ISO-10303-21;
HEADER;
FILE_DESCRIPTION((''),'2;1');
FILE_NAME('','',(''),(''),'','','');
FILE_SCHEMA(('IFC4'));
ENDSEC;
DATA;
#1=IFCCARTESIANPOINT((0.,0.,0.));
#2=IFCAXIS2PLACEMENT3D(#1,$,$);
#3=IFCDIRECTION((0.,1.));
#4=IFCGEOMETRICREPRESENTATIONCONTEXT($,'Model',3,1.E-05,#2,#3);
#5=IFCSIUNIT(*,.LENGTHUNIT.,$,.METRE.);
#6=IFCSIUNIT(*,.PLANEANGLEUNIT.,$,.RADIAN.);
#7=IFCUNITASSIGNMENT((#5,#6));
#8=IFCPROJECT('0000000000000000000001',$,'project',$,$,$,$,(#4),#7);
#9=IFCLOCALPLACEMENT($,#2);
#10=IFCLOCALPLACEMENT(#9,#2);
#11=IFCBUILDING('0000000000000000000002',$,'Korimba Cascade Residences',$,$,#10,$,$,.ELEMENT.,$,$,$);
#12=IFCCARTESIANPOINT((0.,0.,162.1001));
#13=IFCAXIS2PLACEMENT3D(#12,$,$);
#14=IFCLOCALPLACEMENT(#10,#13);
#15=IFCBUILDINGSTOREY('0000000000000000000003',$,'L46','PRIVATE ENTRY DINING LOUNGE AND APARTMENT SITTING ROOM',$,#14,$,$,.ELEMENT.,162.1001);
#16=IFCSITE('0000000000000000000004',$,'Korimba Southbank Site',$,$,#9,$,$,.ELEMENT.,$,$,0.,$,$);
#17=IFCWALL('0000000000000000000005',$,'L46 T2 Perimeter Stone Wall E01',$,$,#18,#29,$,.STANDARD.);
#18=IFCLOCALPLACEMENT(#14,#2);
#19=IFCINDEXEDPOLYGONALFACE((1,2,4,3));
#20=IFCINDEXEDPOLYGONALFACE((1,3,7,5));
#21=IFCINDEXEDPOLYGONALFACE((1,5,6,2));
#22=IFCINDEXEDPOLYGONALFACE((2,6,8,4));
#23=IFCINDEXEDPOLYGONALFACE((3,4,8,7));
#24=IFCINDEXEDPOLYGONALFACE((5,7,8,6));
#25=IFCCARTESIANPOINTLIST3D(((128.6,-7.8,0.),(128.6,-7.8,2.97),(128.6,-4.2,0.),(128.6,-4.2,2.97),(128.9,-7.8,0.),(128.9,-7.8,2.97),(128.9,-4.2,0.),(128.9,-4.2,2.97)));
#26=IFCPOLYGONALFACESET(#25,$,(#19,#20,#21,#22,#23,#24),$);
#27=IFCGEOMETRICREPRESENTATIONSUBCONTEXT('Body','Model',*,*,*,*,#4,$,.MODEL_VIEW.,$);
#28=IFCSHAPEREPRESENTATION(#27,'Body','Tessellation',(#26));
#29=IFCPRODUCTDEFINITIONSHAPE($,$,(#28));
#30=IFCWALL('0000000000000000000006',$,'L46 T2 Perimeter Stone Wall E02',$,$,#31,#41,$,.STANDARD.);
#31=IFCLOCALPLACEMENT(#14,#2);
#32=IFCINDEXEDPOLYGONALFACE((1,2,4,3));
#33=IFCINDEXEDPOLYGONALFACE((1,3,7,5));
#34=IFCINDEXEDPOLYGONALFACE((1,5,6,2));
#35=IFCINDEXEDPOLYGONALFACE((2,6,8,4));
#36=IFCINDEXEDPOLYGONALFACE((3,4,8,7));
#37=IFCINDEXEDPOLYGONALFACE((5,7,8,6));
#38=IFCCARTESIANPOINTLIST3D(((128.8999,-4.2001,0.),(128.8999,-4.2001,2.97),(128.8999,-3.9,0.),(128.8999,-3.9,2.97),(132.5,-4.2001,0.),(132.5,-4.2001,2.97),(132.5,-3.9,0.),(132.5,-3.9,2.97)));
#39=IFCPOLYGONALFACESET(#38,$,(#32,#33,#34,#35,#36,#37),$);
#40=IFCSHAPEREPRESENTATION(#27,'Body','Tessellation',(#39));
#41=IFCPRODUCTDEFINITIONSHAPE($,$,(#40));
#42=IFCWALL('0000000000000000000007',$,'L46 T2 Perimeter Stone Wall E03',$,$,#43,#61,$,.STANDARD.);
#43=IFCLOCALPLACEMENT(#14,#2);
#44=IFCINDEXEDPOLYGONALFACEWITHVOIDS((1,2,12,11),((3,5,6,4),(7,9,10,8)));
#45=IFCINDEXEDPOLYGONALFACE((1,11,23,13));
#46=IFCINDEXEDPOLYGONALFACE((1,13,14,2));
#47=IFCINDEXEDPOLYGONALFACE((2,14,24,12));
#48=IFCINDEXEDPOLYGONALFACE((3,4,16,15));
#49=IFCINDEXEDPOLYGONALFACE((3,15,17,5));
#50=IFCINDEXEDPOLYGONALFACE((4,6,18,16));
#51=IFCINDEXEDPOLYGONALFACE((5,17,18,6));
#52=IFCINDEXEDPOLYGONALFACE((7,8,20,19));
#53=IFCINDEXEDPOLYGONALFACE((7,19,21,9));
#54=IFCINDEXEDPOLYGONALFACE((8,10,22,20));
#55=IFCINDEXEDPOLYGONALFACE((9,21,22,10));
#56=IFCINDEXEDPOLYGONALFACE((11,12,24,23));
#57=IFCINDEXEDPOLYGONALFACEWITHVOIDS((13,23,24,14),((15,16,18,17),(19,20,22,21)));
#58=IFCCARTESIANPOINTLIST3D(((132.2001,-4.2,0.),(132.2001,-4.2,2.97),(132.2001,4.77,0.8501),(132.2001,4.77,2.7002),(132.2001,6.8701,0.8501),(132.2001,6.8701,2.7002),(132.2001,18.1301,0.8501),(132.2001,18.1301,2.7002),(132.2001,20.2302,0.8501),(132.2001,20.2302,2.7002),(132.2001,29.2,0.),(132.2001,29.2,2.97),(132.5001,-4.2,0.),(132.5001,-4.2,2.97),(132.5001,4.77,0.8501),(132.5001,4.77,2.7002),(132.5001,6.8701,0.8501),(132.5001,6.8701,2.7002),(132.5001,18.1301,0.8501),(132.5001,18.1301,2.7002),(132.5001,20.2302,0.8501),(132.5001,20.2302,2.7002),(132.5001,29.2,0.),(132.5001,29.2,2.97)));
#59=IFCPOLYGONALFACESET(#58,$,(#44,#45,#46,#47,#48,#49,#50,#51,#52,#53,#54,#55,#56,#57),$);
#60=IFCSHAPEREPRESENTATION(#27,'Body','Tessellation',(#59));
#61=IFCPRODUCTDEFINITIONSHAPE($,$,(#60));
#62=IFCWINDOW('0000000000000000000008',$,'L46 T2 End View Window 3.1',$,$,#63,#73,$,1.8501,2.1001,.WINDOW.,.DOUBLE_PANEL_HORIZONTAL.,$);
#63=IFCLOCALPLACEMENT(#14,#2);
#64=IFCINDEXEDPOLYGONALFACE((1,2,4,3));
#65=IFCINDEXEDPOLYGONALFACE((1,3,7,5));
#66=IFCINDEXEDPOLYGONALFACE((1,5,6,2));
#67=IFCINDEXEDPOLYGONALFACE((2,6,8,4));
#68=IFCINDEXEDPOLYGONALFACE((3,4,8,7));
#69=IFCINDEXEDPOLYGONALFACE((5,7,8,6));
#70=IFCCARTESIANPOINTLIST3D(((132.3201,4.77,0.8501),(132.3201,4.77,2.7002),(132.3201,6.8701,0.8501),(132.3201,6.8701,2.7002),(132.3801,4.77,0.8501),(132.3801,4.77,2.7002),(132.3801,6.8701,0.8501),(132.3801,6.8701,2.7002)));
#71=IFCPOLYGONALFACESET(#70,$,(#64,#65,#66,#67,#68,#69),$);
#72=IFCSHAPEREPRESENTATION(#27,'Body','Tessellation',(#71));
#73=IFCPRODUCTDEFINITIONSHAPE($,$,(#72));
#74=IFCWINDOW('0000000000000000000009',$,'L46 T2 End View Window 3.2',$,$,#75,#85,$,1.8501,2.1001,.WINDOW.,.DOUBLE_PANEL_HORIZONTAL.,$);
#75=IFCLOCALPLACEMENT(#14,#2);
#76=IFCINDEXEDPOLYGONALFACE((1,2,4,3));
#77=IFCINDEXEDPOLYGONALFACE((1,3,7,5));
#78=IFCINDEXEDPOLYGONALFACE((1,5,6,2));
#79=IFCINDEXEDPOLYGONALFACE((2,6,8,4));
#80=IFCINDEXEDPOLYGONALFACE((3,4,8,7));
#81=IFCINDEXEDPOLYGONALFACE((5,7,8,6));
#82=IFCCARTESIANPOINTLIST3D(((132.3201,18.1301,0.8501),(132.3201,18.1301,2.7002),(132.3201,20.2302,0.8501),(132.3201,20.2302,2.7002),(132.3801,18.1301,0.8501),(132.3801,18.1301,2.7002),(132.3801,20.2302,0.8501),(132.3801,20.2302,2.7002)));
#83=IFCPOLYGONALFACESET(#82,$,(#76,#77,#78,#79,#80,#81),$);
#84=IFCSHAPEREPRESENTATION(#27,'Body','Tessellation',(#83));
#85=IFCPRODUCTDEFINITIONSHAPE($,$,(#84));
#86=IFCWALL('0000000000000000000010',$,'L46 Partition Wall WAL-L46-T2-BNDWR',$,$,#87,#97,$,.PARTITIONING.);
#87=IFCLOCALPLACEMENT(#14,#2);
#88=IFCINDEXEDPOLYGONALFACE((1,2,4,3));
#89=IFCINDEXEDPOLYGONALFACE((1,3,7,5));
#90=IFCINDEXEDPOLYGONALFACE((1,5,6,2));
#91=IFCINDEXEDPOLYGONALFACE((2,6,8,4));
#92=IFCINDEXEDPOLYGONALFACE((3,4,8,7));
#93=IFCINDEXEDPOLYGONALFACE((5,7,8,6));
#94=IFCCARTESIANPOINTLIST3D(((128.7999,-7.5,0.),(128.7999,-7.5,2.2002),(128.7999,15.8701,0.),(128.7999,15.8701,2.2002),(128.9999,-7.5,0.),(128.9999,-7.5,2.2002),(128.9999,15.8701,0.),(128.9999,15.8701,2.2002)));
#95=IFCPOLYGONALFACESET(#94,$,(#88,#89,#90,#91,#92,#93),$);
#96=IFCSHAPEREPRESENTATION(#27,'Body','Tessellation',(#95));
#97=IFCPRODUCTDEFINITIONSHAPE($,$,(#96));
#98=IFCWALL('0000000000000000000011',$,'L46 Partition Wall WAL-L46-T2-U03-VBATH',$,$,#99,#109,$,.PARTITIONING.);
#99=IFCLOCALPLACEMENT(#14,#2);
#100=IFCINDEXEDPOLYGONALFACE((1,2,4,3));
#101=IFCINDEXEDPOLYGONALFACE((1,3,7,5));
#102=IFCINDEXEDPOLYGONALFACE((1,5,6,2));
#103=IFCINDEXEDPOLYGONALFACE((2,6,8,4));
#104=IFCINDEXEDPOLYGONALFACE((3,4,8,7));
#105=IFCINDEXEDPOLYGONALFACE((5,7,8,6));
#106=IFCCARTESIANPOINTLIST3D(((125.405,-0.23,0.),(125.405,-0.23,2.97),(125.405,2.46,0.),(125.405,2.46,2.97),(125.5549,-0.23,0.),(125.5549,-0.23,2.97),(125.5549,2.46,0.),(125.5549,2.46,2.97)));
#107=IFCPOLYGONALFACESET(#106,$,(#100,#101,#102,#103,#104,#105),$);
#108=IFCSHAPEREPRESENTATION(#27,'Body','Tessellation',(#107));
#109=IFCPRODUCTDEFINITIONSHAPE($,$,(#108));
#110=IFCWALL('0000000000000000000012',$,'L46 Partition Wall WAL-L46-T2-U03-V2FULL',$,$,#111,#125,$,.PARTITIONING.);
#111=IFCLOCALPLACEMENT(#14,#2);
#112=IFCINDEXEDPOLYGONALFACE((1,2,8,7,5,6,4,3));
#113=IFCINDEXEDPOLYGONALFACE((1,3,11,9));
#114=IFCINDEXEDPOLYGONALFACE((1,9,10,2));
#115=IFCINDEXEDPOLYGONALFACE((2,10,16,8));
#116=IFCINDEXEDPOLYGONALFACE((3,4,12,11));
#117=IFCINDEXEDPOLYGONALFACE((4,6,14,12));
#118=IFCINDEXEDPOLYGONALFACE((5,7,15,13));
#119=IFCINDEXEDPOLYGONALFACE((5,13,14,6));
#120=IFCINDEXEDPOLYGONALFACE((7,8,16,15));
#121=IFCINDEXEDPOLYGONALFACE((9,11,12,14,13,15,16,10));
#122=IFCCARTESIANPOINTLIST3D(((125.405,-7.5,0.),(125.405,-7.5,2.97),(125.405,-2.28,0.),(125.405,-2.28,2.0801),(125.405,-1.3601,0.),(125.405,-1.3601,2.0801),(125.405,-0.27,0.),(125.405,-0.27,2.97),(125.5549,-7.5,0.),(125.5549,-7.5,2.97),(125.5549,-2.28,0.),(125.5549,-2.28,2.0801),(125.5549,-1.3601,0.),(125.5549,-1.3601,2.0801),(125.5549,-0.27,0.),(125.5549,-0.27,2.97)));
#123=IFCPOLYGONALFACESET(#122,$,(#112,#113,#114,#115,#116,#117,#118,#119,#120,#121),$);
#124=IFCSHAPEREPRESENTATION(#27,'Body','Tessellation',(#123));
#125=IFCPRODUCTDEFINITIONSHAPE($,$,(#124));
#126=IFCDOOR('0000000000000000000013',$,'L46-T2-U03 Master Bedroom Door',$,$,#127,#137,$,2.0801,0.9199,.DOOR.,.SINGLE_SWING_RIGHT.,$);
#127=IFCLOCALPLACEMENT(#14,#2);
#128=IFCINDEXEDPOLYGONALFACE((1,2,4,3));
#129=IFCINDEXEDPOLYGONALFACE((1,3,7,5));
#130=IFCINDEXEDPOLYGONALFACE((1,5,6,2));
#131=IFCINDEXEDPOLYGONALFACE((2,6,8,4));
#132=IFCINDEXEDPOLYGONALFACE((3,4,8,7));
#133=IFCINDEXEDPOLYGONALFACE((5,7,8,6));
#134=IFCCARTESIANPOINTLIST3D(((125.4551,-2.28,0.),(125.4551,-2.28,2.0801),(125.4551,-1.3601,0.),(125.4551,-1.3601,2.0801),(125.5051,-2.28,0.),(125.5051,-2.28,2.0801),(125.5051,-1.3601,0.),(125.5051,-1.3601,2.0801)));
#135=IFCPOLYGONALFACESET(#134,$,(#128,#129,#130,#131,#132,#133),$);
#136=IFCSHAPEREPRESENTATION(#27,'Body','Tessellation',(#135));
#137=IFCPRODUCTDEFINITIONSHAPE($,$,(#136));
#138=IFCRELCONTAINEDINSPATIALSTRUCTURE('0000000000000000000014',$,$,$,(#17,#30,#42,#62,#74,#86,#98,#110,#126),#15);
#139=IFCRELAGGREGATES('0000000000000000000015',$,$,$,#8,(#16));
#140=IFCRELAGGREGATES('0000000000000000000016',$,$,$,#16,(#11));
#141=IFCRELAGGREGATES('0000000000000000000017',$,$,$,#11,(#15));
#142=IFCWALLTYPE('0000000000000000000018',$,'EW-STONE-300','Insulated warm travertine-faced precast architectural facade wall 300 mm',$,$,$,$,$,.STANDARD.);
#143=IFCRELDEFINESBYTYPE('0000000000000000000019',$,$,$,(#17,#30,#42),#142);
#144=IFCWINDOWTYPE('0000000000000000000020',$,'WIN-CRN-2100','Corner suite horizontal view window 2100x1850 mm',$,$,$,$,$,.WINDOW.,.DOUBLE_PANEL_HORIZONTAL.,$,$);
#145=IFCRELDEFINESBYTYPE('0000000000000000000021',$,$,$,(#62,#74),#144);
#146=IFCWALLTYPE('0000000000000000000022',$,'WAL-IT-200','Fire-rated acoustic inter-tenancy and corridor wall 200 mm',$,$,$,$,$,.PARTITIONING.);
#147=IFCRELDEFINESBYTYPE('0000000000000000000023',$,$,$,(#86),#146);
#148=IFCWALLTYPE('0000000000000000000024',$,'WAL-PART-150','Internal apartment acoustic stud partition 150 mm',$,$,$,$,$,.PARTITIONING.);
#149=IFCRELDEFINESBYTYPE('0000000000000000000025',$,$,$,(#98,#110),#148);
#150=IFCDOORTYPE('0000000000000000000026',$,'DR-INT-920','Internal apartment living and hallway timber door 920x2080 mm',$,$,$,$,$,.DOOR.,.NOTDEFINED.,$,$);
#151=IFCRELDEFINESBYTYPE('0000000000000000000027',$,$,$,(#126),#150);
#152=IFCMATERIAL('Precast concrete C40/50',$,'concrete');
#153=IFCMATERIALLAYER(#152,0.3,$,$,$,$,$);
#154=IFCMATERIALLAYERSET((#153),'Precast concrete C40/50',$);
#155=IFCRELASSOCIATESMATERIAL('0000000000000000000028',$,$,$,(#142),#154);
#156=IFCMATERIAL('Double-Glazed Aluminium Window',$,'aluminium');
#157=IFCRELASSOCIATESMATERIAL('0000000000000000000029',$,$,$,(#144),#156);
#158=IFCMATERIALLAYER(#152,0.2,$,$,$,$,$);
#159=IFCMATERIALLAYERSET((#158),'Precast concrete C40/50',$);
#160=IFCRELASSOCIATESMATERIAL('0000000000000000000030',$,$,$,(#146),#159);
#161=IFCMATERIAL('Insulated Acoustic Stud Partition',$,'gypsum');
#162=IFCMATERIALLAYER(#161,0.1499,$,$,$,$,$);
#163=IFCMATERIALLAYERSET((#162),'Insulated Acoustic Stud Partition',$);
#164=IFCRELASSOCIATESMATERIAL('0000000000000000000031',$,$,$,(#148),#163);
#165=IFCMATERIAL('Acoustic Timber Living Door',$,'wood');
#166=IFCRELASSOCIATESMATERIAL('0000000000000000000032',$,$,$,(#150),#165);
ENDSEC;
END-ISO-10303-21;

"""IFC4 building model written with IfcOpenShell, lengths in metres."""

from ifc_helpers import new_model, si_unit, direction, frame, frame_2d, origin, place, context, subcontext, project, spatial, rectangle, extrude, material, layer, layer_set, type_object, element, fill, save


model = new_model("IFC4")

# Units and contexts
model_context = context("Model", 3, precision=1e-05, world=origin(), true_north=direction((0.0, 1.0)))
body_context = subcontext(model_context, "Body", "Model", "MODEL_VIEW")
ifc_project = project(units=[si_unit("LENGTHUNIT", "METRE"), si_unit("PLANEANGLEUNIT", "RADIAN")], contexts=[model_context])

# Site, building, storey
site_placement = place(None, origin())
site = spatial("IfcSite", under=ifc_project, at=site_placement, Name="Korimba Southbank Site", CompositionType="ELEMENT", RefElevation=0.0)
building_placement = place(site_placement, origin())
building = spatial("IfcBuilding", under=site, at=building_placement, Name="Korimba Cascade Residences", CompositionType="ELEMENT")
storey_placement = place(building_placement, frame((0.0, 0.0, 162.1001)))
storey = spatial("IfcBuildingStorey", under=building, at=storey_placement, Name="L46", Description="PRIVATE ENTRY DINING LOUNGE AND APARTMENT SITTING ROOM", CompositionType="ELEMENT", Elevation=162.1001)

# Shared definitions
ifc_material_1 = material(Name="Precast concrete C40/50", Category="concrete")

# Walls
ifc_layer_1 = layer(ifc_material_1, 0.3)
ifc_layer_set_1 = layer_set([ifc_layer_1], Name="Precast concrete C40/50")
wall_type_1 = type_object("IfcWallType", Name="EW-STONE-300", Description="Insulated warm travertine-faced precast architectural facade wall 300 mm", PredefinedType="STANDARD", material=ifc_layer_set_1)
for number, where, z_axis, x_axis, name in (
    (1, (128.75, -7.8, 0.0), (0.0, 0.0, 1.0), (0.0, 1.0, 0.0), "L46 T2 Perimeter Stone Wall E01"),
    (2, (128.8999, -4.05, 0.0), (0.0, 0.0, 1.0), (1.0, 0.0, 0.0), "L46 T2 Perimeter Stone Wall E02"),
):
    element("IfcWall", number, at=place(storey_placement, frame(where, z_axis=z_axis, x_axis=x_axis)), inside=storey, type_object=wall_type_1, Name=name, PredefinedType="STANDARD", context=body_context, shape_type="SweptSolid", body=[
        extrude(rectangle(XDim=3.6001, YDim=0.3, at=frame_2d((1.8, 0.0))), origin(), (0.0, 0.0, 1.0), 2.97),
    ])

# Wall, openings, windows
wall_1_placement = place(storey_placement, frame((132.3501, -4.2, 0.0), z_axis=(0.0, 0.0, 1.0), x_axis=(0.0, 1.0, 0.0)))
wall_1 = element("IfcWall", 3, at=wall_1_placement, inside=storey, type_object=wall_type_1, Name="L46 T2 Perimeter Stone Wall E03", PredefinedType="STANDARD", context=body_context, shape_type="SweptSolid", body=[
    extrude(rectangle(XDim=33.3999, YDim=0.3, at=frame_2d((16.7, 0.0))), origin(), (0.0, 0.0, 1.0), 2.97),
])
opening_1_placement = place(wall_1_placement, frame((8.97, 0.0, 0.8501)))
opening_1 = element("IfcOpeningElement", 4, at=opening_1_placement, cuts=wall_1, PredefinedType="OPENING", context=body_context, shape_type="SweptSolid", body=[
    extrude(rectangle(XDim=2.1001, YDim=1.8501, at=frame_2d((1.05, 0.925))), frame((0.0, 0.1602, 0.0), z_axis=(0.0, -1.0, 0.0), x_axis=(1.0, 0.0, 0.0)), (0.0, 0.0, 1.0), 0.3201),
])
opening_2_placement = place(wall_1_placement, frame((22.3301, 0.0, 0.8501)))
opening_2 = element("IfcOpeningElement", 5, at=opening_2_placement, cuts=wall_1, PredefinedType="OPENING", context=body_context, shape_type="SweptSolid", body=[
    extrude(rectangle(XDim=2.1001, YDim=1.8501, at=frame_2d((1.05, 0.925))), frame((0.0, 0.1602, 0.0), z_axis=(0.0, -1.0, 0.0), x_axis=(1.0, 0.0, 0.0)), (0.0, 0.0, 1.0), 0.3201),
])
ifc_material_2 = material(Name="Double-Glazed Aluminium Window", Category="aluminium")
window_type = type_object("IfcWindowType", Name="WIN-CRN-2100", Description="Corner suite horizontal view window 2100x1850 mm", PartitioningType="DOUBLE_PANEL_HORIZONTAL", PredefinedType="WINDOW", material=ifc_material_2)
window_1_placement = place(opening_1_placement, origin())
window_1 = element("IfcWindow", 6, at=window_1_placement, inside=storey, type_object=window_type, Name="L46 T2 End View Window 3.1", OverallHeight=1.8501, OverallWidth=2.1001, PartitioningType="DOUBLE_PANEL_HORIZONTAL", PredefinedType="WINDOW", context=body_context, shape_type="SweptSolid", body=[
    extrude(rectangle(XDim=2.1001, YDim=1.8501, at=frame_2d((1.05, 0.925))), frame((0.0, 0.03, 0.0), z_axis=(0.0, -1.0, 0.0), x_axis=(1.0, 0.0, 0.0)), (0.0, 0.0, 1.0), 0.0601),
])
fill(opening_1, window_1)
window_2_placement = place(opening_2_placement, origin())
window_2 = element("IfcWindow", 7, at=window_2_placement, inside=storey, type_object=window_type, Name="L46 T2 End View Window 3.2", OverallHeight=1.8501, OverallWidth=2.1001, PartitioningType="DOUBLE_PANEL_HORIZONTAL", PredefinedType="WINDOW", context=body_context, shape_type="SweptSolid", body=[
    extrude(rectangle(XDim=2.1001, YDim=1.8501, at=frame_2d((1.05, 0.925))), frame((0.0, 0.03, 0.0), z_axis=(0.0, -1.0, 0.0), x_axis=(1.0, 0.0, 0.0)), (0.0, 0.0, 1.0), 0.0601),
])
fill(opening_2, window_2)

# Walls
ifc_layer_2 = layer(ifc_material_1, 0.2)
ifc_layer_set_2 = layer_set([ifc_layer_2], Name="Precast concrete C40/50")
wall_type_2 = type_object("IfcWallType", Name="WAL-IT-200", Description="Fire-rated acoustic inter-tenancy and corridor wall 200 mm", PredefinedType="PARTITIONING", material=ifc_layer_set_2)
wall_2_placement = place(storey_placement, frame((128.8999, -7.5, 0.0), z_axis=(0.0, 0.0, 1.0), x_axis=(0.0, 1.0, 0.0)))
element("IfcWall", 8, at=wall_2_placement, inside=storey, type_object=wall_type_2, Name="L46 Partition Wall WAL-L46-T2-BNDWR", PredefinedType="PARTITIONING", context=body_context, shape_type="SweptSolid", body=[
    extrude(rectangle(XDim=23.3701, YDim=0.2, at=frame_2d((11.6851, 0.0))), origin(), (0.0, 0.0, 1.0), 2.2002),
])
ifc_material_3 = material(Name="Insulated Acoustic Stud Partition", Category="gypsum")
ifc_layer_3 = layer(ifc_material_3, 0.1499)
ifc_layer_set_3 = layer_set([ifc_layer_3], Name="Insulated Acoustic Stud Partition")
wall_type_3 = type_object("IfcWallType", Name="WAL-PART-150", Description="Internal apartment acoustic stud partition 150 mm", PredefinedType="PARTITIONING", material=ifc_layer_set_3)
wall_3_placement = place(storey_placement, frame((125.48, -0.23, 0.0), z_axis=(0.0, 0.0, 1.0), x_axis=(0.0, 1.0, 0.0)))
element("IfcWall", 9, at=wall_3_placement, inside=storey, type_object=wall_type_3, Name="L46 Partition Wall WAL-L46-T2-U03-VBATH", PredefinedType="PARTITIONING", context=body_context, shape_type="SweptSolid", body=[
    extrude(rectangle(XDim=2.6899, YDim=0.1499, at=frame_2d((1.345, 0.0))), origin(), (0.0, 0.0, 1.0), 2.97),
])

# Wall, opening, door
wall_4_placement = place(storey_placement, frame((125.48, -7.5, 0.0), z_axis=(0.0, 0.0, 1.0), x_axis=(0.0, 1.0, 0.0)))
wall_4 = element("IfcWall", 10, at=wall_4_placement, inside=storey, type_object=wall_type_3, Name="L46 Partition Wall WAL-L46-T2-U03-V2FULL", PredefinedType="PARTITIONING", context=body_context, shape_type="SweptSolid", body=[
    extrude(rectangle(XDim=7.23, YDim=0.1499, at=frame_2d((3.615, 0.0))), origin(), (0.0, 0.0, 1.0), 2.97),
])
opening_3_placement = place(wall_4_placement, frame((5.22, 0.0, 0.0)))
opening_3 = element("IfcOpeningElement", 11, at=opening_3_placement, cuts=wall_4, PredefinedType="OPENING", context=body_context, shape_type="SweptSolid", body=[
    extrude(rectangle(XDim=0.9199, YDim=2.0801, at=frame_2d((0.46, 1.04))), frame((0.0, 0.085, 0.0), z_axis=(0.0, -1.0, 0.0), x_axis=(1.0, 0.0, 0.0)), (0.0, 0.0, 1.0), 0.1699),
])
ifc_material_4 = material(Name="Acoustic Timber Living Door", Category="wood")
door_type = type_object("IfcDoorType", Name="DR-INT-920", Description="Internal apartment living and hallway timber door 920x2080 mm", OperationType="NOTDEFINED", PredefinedType="DOOR", material=ifc_material_4)
door_placement = place(opening_3_placement, origin())
door = element("IfcDoor", 12, at=door_placement, inside=storey, type_object=door_type, Name="L46-T2-U03 Master Bedroom Door", OperationType="SINGLE_SWING_RIGHT", OverallHeight=2.0801, OverallWidth=0.9199, PredefinedType="DOOR", context=body_context, shape_type="SweptSolid", body=[
    extrude(rectangle(XDim=0.9199, YDim=2.0801, at=frame_2d((0.46, 1.04))), frame((0.0, 0.0249, 0.0), z_axis=(0.0, -1.0, 0.0), x_axis=(1.0, 0.0, 0.0)), (0.0, 0.0, 1.0), 0.05),
])
fill(opening_3, door)

save(model, "model.ifc")
